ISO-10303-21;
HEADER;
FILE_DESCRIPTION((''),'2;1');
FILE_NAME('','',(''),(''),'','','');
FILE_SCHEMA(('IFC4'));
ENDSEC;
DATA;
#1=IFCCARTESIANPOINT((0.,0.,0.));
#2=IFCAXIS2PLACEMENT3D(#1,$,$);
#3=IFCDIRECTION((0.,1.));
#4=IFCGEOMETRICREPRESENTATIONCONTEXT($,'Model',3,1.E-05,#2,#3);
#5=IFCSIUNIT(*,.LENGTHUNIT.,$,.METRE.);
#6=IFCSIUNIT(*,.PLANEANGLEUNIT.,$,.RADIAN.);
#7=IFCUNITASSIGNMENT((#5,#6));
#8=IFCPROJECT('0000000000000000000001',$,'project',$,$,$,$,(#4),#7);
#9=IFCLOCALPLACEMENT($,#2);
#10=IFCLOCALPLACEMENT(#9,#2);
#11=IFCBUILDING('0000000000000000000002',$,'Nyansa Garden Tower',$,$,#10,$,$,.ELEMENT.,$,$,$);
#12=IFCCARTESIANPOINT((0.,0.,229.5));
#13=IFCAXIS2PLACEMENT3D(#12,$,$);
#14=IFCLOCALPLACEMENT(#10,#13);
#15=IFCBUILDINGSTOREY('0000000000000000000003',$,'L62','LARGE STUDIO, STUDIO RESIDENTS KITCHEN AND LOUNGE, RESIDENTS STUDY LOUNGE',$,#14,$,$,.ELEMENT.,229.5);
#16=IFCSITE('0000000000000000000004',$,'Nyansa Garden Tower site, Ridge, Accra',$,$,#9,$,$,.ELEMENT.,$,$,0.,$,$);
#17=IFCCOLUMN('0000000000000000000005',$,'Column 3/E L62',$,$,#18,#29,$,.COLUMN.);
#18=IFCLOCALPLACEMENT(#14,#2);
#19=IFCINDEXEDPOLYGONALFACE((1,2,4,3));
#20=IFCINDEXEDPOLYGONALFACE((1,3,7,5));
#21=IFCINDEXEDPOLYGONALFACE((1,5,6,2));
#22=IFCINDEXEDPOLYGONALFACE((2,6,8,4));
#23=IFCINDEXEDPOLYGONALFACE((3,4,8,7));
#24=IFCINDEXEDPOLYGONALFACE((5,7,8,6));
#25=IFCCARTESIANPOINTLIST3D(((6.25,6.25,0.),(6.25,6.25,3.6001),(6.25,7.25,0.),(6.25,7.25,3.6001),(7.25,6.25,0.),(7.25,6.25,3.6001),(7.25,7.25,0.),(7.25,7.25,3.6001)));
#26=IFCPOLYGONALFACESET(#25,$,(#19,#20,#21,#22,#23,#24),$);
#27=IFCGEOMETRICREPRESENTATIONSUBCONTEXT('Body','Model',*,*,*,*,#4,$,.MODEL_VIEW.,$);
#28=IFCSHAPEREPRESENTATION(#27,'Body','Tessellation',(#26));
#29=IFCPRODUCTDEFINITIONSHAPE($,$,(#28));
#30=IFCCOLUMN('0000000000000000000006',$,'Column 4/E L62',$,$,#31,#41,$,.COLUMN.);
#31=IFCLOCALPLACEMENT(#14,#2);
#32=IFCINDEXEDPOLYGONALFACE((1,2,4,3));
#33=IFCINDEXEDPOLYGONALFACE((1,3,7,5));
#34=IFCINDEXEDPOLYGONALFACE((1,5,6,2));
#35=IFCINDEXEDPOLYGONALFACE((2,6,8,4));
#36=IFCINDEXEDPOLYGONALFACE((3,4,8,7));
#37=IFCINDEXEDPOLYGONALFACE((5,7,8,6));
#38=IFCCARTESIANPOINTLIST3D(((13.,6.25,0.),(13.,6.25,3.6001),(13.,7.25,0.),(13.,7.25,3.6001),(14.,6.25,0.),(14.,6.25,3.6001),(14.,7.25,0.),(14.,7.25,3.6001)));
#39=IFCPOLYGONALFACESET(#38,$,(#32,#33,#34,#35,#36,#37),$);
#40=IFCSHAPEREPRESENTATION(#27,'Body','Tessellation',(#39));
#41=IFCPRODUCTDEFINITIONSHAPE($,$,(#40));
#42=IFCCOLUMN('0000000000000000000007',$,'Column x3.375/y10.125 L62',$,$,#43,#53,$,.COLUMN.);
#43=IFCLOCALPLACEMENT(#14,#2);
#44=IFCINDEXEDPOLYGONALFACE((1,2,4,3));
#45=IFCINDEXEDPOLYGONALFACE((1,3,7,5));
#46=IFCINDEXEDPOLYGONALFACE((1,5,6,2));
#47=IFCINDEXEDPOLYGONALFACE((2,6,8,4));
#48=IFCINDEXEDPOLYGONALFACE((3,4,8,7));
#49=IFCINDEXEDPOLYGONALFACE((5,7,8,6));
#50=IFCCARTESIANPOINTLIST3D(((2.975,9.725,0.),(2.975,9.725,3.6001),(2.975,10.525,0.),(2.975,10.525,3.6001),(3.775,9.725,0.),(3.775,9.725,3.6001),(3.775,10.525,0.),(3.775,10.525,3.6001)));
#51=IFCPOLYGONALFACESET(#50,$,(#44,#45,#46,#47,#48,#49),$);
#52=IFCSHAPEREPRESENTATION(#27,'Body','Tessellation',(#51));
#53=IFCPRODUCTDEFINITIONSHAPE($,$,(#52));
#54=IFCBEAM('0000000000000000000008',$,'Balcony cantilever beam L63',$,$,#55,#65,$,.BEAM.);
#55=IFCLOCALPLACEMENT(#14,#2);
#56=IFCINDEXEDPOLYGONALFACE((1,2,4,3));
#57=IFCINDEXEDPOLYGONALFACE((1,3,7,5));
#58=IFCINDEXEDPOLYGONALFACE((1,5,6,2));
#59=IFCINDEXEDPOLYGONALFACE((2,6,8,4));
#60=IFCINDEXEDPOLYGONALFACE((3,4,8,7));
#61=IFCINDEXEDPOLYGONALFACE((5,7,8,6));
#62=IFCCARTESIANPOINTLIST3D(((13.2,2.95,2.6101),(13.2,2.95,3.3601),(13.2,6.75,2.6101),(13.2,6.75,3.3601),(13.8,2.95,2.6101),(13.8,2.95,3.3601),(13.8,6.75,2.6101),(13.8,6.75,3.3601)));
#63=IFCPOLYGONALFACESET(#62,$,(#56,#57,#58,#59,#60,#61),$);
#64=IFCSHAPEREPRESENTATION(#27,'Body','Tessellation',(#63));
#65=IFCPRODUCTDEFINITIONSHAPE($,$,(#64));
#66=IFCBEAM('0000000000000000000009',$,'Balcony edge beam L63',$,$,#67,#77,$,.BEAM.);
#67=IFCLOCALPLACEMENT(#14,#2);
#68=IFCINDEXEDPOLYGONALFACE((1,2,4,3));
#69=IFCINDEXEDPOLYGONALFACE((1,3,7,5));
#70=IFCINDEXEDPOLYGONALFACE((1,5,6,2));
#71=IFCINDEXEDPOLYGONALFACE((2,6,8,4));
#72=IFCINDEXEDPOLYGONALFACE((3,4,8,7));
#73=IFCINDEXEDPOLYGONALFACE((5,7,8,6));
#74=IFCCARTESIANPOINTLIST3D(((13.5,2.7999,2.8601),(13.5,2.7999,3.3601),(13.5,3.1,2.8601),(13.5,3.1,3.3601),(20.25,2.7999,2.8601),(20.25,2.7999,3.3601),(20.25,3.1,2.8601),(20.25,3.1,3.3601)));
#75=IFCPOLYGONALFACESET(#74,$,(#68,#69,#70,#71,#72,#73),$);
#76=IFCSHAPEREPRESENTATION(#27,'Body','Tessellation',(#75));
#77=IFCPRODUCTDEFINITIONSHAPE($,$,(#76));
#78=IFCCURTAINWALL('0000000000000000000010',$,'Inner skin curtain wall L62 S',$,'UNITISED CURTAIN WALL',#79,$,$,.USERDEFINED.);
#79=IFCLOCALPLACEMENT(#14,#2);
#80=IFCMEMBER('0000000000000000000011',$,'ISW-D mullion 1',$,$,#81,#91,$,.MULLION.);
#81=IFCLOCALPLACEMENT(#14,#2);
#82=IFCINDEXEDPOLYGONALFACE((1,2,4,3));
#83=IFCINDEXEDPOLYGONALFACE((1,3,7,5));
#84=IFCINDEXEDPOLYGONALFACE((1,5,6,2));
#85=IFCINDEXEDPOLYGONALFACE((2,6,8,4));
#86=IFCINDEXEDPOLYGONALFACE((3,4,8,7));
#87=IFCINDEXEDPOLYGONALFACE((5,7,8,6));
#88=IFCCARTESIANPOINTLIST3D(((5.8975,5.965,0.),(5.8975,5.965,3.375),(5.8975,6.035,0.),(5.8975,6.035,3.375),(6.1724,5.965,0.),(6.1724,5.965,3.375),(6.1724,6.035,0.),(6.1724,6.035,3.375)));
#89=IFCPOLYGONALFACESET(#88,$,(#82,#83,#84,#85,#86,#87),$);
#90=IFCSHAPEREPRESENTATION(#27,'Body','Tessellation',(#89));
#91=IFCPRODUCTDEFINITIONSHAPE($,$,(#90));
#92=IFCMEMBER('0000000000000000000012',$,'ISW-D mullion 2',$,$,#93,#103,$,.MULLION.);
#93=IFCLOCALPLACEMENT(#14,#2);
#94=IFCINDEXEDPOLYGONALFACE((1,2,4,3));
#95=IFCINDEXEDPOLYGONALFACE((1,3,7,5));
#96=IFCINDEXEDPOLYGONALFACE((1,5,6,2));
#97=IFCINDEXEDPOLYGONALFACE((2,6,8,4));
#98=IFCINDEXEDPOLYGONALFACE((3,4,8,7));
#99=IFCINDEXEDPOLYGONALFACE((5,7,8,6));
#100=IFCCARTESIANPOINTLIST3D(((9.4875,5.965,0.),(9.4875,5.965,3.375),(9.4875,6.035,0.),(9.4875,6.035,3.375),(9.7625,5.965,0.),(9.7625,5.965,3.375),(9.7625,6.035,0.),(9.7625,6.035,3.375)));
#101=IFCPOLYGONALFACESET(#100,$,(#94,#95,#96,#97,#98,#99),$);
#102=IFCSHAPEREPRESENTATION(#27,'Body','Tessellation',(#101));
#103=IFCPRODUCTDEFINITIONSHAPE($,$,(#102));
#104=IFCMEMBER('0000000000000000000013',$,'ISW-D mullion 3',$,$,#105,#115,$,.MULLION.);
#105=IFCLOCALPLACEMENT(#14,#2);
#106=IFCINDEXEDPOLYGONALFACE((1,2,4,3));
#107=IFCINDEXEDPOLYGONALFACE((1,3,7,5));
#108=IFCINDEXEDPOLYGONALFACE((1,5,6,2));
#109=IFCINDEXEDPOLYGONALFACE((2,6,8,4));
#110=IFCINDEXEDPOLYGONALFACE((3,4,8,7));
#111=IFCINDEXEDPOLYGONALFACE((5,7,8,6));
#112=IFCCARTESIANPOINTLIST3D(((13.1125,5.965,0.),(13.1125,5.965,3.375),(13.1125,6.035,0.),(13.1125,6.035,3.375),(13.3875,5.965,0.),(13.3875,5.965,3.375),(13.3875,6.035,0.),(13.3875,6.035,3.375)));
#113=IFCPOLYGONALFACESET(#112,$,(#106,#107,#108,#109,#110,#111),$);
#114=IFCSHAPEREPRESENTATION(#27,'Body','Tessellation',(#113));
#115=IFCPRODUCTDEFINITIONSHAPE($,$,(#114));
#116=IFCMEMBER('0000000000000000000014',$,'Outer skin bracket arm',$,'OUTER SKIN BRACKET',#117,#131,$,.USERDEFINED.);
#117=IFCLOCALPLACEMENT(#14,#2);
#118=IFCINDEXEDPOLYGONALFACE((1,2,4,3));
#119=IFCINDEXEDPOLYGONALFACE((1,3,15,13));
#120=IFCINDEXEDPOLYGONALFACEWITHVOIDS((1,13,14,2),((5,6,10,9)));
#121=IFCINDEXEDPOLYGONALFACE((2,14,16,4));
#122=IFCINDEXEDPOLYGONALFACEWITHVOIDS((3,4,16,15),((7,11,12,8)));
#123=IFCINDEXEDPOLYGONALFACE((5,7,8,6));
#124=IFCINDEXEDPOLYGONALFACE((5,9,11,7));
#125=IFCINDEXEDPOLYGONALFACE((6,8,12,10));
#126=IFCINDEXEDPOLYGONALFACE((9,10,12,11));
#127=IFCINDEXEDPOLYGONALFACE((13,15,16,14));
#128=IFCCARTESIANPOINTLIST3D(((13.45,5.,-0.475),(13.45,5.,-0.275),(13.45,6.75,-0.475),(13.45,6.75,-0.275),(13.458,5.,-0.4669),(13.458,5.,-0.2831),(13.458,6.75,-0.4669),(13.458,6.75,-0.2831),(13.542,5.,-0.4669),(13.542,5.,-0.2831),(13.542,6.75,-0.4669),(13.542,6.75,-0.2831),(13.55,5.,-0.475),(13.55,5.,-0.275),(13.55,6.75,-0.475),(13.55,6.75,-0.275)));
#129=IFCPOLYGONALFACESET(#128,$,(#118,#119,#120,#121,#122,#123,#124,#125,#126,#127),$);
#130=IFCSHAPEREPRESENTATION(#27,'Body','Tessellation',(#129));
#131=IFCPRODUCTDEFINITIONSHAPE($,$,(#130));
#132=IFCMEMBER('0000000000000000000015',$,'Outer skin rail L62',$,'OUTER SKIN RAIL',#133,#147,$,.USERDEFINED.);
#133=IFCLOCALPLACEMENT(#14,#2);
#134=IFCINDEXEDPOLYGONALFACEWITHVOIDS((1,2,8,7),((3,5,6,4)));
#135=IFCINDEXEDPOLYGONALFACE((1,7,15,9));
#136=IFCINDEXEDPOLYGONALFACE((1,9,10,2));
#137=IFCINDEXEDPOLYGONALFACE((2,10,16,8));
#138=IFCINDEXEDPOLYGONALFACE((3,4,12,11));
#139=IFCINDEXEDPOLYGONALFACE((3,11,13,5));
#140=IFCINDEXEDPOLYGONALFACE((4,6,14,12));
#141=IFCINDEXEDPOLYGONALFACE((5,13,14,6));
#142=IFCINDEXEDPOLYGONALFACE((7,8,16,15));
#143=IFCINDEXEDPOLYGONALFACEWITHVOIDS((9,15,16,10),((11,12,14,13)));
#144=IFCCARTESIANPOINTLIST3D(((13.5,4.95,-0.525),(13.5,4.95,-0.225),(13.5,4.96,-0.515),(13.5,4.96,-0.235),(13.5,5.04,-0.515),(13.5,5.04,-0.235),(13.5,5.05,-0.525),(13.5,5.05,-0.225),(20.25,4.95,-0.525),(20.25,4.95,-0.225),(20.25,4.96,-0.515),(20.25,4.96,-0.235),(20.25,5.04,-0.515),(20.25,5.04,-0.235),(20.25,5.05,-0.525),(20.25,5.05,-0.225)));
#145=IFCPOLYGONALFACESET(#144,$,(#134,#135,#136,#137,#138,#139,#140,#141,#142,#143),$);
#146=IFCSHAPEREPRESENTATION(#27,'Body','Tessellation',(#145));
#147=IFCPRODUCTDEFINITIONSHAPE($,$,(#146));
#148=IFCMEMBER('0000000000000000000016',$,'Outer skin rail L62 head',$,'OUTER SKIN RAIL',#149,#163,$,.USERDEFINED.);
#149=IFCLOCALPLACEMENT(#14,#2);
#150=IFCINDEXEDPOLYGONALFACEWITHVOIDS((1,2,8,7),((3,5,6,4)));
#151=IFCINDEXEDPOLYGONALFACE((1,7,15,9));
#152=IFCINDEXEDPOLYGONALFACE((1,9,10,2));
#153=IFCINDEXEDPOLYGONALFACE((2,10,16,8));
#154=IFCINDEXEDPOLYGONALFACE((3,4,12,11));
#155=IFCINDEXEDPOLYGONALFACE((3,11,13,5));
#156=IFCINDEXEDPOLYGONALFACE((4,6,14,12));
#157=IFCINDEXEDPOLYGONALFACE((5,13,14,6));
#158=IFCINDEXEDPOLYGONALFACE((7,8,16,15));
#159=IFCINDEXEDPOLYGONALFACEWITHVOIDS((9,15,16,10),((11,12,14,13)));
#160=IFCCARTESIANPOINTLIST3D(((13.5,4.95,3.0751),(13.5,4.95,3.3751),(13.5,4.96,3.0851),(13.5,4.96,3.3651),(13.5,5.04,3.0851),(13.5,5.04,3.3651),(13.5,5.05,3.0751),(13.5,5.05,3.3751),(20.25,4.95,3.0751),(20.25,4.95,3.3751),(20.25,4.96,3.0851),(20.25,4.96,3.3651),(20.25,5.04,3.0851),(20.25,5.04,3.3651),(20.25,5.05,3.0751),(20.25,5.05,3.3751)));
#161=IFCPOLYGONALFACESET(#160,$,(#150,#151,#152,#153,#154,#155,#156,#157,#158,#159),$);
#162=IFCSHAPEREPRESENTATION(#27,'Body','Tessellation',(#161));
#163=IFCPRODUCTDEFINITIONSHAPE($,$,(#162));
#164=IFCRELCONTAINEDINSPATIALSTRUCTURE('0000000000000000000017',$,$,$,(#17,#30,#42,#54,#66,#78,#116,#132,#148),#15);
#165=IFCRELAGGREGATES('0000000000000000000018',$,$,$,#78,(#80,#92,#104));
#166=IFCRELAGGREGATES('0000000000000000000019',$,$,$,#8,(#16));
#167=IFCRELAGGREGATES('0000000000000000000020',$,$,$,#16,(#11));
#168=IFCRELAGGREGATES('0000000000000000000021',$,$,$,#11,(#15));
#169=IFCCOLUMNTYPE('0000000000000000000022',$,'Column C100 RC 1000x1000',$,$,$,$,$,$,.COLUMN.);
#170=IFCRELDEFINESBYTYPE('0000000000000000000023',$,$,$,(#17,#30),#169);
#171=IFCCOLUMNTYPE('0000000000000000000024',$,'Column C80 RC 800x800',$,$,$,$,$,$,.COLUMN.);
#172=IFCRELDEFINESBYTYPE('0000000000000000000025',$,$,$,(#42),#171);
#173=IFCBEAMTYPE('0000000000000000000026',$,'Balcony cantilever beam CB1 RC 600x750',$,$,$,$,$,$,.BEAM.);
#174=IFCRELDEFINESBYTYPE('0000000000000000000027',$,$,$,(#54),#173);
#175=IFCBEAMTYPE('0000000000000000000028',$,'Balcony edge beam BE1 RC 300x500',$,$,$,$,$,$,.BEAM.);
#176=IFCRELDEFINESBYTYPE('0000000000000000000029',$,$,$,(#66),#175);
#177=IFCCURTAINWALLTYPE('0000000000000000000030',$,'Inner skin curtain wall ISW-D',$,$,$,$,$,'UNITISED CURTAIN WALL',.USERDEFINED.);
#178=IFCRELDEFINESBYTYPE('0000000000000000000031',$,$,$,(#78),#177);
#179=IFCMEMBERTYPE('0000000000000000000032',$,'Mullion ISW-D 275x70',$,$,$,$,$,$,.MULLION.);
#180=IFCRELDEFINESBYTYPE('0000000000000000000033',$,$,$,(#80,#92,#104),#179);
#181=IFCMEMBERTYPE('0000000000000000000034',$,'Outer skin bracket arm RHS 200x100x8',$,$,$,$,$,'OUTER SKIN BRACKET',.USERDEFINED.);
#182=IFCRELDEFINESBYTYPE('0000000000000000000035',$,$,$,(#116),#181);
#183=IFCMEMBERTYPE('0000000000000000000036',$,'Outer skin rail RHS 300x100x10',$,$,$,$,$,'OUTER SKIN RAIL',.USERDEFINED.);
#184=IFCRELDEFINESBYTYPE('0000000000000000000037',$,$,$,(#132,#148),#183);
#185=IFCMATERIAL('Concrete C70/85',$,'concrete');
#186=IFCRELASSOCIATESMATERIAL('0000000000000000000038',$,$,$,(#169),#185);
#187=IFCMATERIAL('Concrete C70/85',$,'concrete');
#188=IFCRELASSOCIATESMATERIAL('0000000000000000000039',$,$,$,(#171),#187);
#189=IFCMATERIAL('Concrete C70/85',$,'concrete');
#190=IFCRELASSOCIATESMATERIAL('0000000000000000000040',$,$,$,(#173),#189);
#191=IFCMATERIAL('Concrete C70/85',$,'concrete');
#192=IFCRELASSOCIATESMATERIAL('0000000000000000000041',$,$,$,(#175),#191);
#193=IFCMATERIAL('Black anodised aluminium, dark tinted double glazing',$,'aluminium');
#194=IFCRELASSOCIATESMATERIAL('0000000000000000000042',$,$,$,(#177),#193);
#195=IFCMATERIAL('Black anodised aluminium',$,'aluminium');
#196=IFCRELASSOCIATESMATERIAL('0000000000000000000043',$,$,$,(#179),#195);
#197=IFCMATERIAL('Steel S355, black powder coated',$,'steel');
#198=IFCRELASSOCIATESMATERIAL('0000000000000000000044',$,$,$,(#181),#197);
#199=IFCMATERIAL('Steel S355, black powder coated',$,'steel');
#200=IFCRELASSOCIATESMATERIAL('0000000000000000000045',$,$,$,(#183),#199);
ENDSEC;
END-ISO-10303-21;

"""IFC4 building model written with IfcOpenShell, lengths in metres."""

from ifc_helpers import new_model, si_unit, direction, frame, origin, origin_2d, place, context, subcontext, project, spatial, rectangle, hollow_rectangle, extrude, material, material_profile, profile_set, type_object, element, aggregate, save


model = new_model("IFC4")

# Units and contexts
model_context = context("Model", 3, precision=1e-05, world=origin(), true_north=direction((0.0, 1.0)))
body_context = subcontext(model_context, "Body", "Model", "MODEL_VIEW")
ifc_project = project(units=[si_unit("LENGTHUNIT", "METRE"), si_unit("PLANEANGLEUNIT", "RADIAN")], contexts=[model_context])

# Site, building, storey
site_placement = place(None, origin())
site = spatial("IfcSite", under=ifc_project, at=site_placement, Name="Nyansa Garden Tower site, Ridge, Accra", CompositionType="ELEMENT", RefElevation=0.0)
building_placement = place(site_placement, origin())
building = spatial("IfcBuilding", under=site, at=building_placement, Name="Nyansa Garden Tower", CompositionType="ELEMENT")
storey_placement = place(building_placement, frame((0.0, 0.0, 229.5)))
storey = spatial("IfcBuildingStorey", under=building, at=storey_placement, Name="L62", Description="LARGE STUDIO, STUDIO RESIDENTS KITCHEN AND LOUNGE, RESIDENTS STUDY LOUNGE", CompositionType="ELEMENT", Elevation=229.5)

# Columns
ifc_material_1 = material(Name="Concrete C70/85", Category="concrete")
ifc_material_profile_1 = material_profile(ifc_material_1, rectangle(XDim=1.0, YDim=1.0, at=origin_2d()), Name="RC 1000x1000")
ifc_profile_set_1 = profile_set([ifc_material_profile_1], Name="Concrete C70/85")
column_type_1 = type_object("IfcColumnType", Name="Column C100 RC 1000x1000", PredefinedType="COLUMN", material=ifc_profile_set_1)
for number, where, z_axis, x_axis, name in (
    (1, (6.75, 6.75, 0.0), (0.0, 0.0, 1.0), (1.0, 0.0, 0.0), "Column 3/E L62"),
    (2, (13.5, 6.75, 0.0), (0.0, 0.0, 1.0), (1.0, 0.0, 0.0), "Column 4/E L62"),
):
    element("IfcColumn", number, at=place(storey_placement, frame(where, z_axis=z_axis, x_axis=x_axis)), inside=storey, type_object=column_type_1, Name=name, PredefinedType="COLUMN", context=body_context, shape_type="SweptSolid", body=[
        extrude(rectangle(XDim=1.0, YDim=1.0, at=origin_2d()), origin(), (0.0, 0.0, 1.0), 3.6001),
    ])
ifc_material_2 = material(Name="Concrete C70/85", Category="concrete")
ifc_material_profile_2 = material_profile(ifc_material_2, rectangle(XDim=0.8, YDim=0.8, at=origin_2d()), Name="RC 800x800")
ifc_profile_set_2 = profile_set([ifc_material_profile_2], Name="Concrete C70/85")
column_type_2 = type_object("IfcColumnType", Name="Column C80 RC 800x800", PredefinedType="COLUMN", material=ifc_profile_set_2)
column_placement = place(storey_placement, frame((3.375, 10.125, 0.0), z_axis=(0.0, 0.0, 1.0), x_axis=(1.0, 0.0, 0.0)))
element("IfcColumn", 3, at=column_placement, inside=storey, type_object=column_type_2, Name="Column x3.375/y10.125 L62", PredefinedType="COLUMN", context=body_context, shape_type="SweptSolid", body=[
    extrude(rectangle(XDim=0.8, YDim=0.8, at=origin_2d()), origin(), (0.0, 0.0, 1.0), 3.6001),
])

# Beams
ifc_material_3 = material(Name="Concrete C70/85", Category="concrete")
ifc_material_profile_3 = material_profile(ifc_material_3, rectangle(XDim=0.6001, YDim=0.75, at=origin_2d()), Name="RC 600x750")
ifc_profile_set_3 = profile_set([ifc_material_profile_3], Name="Concrete C70/85")
beam_type_1 = type_object("IfcBeamType", Name="Balcony cantilever beam CB1 RC 600x750", PredefinedType="BEAM", material=ifc_profile_set_3)
beam_1_placement = place(storey_placement, frame((13.5, 6.75, 2.9851), z_axis=(0.0, -1.0, 0.0), x_axis=(1.0, 0.0, 0.0)))
element("IfcBeam", 4, at=beam_1_placement, inside=storey, type_object=beam_type_1, Name="Balcony cantilever beam L63", PredefinedType="BEAM", context=body_context, shape_type="SweptSolid", body=[
    extrude(rectangle(XDim=0.6001, YDim=0.75, at=origin_2d()), origin(), (0.0, 0.0, 1.0), 3.8),
])
ifc_material_4 = material(Name="Concrete C70/85", Category="concrete")
ifc_material_profile_4 = material_profile(ifc_material_4, rectangle(XDim=0.3, YDim=0.5, at=origin_2d()), Name="RC 300x500")
ifc_profile_set_4 = profile_set([ifc_material_profile_4], Name="Concrete C70/85")
beam_type_2 = type_object("IfcBeamType", Name="Balcony edge beam BE1 RC 300x500", PredefinedType="BEAM", material=ifc_profile_set_4)
beam_2_placement = place(storey_placement, frame((13.5, 2.95, 3.1101), z_axis=(1.0, 0.0, 0.0), x_axis=(0.0, 1.0, 0.0)))
element("IfcBeam", 5, at=beam_2_placement, inside=storey, type_object=beam_type_2, Name="Balcony edge beam L63", PredefinedType="BEAM", context=body_context, shape_type="SweptSolid", body=[
    extrude(rectangle(XDim=0.3, YDim=0.5, at=origin_2d()), origin(), (0.0, 0.0, 1.0), 6.75),
])

# Curtain wall, members
ifc_material_5 = material(Name="Black anodised aluminium, dark tinted double glazing", Category="aluminium")
curtain_wall_type = type_object("IfcCurtainWallType", Name="Inner skin curtain wall ISW-D", ElementType="UNITISED CURTAIN WALL", PredefinedType="USERDEFINED", material=ifc_material_5)
curtain_wall_placement = place(storey_placement, origin())
curtain_wall = element("IfcCurtainWall", 6, at=curtain_wall_placement, inside=storey, type_object=curtain_wall_type, Name="Inner skin curtain wall L62 S", ObjectType="UNITISED CURTAIN WALL", PredefinedType="USERDEFINED")
ifc_material_6 = material(Name="Black anodised aluminium", Category="aluminium")
ifc_material_profile_5 = material_profile(ifc_material_6, rectangle(XDim=0.0701, YDim=0.2749, at=origin_2d()), Name="Mullion 275x70")
ifc_profile_set_5 = profile_set([ifc_material_profile_5], Name="Black anodised aluminium")
member_type_1 = type_object("IfcMemberType", Name="Mullion ISW-D 275x70", PredefinedType="MULLION", material=ifc_profile_set_5)
member_1_placement = place(storey_placement, frame((6.0349, 6.0, 0.0), z_axis=(0.0, 0.0, 1.0), x_axis=(0.0, 1.0, 0.0)))
member_1 = element("IfcMember", 7, at=member_1_placement, type_object=member_type_1, Name="ISW-D mullion 1", PredefinedType="MULLION", context=body_context, shape_type="SweptSolid", body=[
    extrude(rectangle(XDim=0.0701, YDim=0.2749, at=origin_2d()), origin(), (0.0, 0.0, 1.0), 3.375),
])
member_2_placement = place(storey_placement, frame((9.625, 6.0, 0.0), z_axis=(0.0, 0.0, 1.0), x_axis=(0.0, 1.0, 0.0)))
member_2 = element("IfcMember", 8, at=member_2_placement, type_object=member_type_1, Name="ISW-D mullion 2", PredefinedType="MULLION", context=body_context, shape_type="SweptSolid", body=[
    extrude(rectangle(XDim=0.0701, YDim=0.2749, at=origin_2d()), origin(), (0.0, 0.0, 1.0), 3.375),
])
member_3_placement = place(storey_placement, frame((13.25, 6.0, 0.0), z_axis=(0.0, 0.0, 1.0), x_axis=(0.0, 1.0, 0.0)))
member_3 = element("IfcMember", 9, at=member_3_placement, type_object=member_type_1, Name="ISW-D mullion 3", PredefinedType="MULLION", context=body_context, shape_type="SweptSolid", body=[
    extrude(rectangle(XDim=0.0701, YDim=0.2749, at=origin_2d()), origin(), (0.0, 0.0, 1.0), 3.375),
])

# Members
ifc_material_7 = material(Name="Steel S355, black powder coated", Category="steel")
ifc_material_profile_6 = material_profile(ifc_material_7, hollow_rectangle(XDim=0.1001, YDim=0.2, WallThickness=0.0081, at=origin_2d()), Name="RHS 200x100x8")
ifc_profile_set_6 = profile_set([ifc_material_profile_6], Name="Steel S355, black powder coated")
member_type_2 = type_object("IfcMemberType", Name="Outer skin bracket arm RHS 200x100x8", ElementType="OUTER SKIN BRACKET", PredefinedType="USERDEFINED", material=ifc_profile_set_6)
member_4_placement = place(storey_placement, frame((13.5, 6.75, -0.375), z_axis=(0.0, -1.0, 0.0), x_axis=(1.0, 0.0, 0.0)))
element("IfcMember", 10, at=member_4_placement, inside=storey, type_object=member_type_2, Name="Outer skin bracket arm", ObjectType="OUTER SKIN BRACKET", PredefinedType="USERDEFINED", context=body_context, shape_type="SweptSolid", body=[
    extrude(hollow_rectangle(XDim=0.1001, YDim=0.2, WallThickness=0.0081, at=origin_2d()), origin(), (0.0, 0.0, 1.0), 1.75),
])
ifc_material_8 = material(Name="Steel S355, black powder coated", Category="steel")
ifc_material_profile_7 = material_profile(ifc_material_8, hollow_rectangle(XDim=0.1001, YDim=0.3, WallThickness=0.01, at=origin_2d()), Name="RHS 300x100x10")
ifc_profile_set_7 = profile_set([ifc_material_profile_7], Name="Steel S355, black powder coated")
member_type_3 = type_object("IfcMemberType", Name="Outer skin rail RHS 300x100x10", ElementType="OUTER SKIN RAIL", PredefinedType="USERDEFINED", material=ifc_profile_set_7)
for number, where, z_axis, x_axis, name in (
    (11, (13.5, 5.0, -0.375), (1.0, 0.0, 0.0), (0.0, 1.0, 0.0), "Outer skin rail L62"),
    (12, (13.5, 5.0, 3.2251), (1.0, 0.0, 0.0), (0.0, 1.0, 0.0), "Outer skin rail L62 head"),
):
    element("IfcMember", number, at=place(storey_placement, frame(where, z_axis=z_axis, x_axis=x_axis)), inside=storey, type_object=member_type_3, Name=name, ObjectType="OUTER SKIN RAIL", PredefinedType="USERDEFINED", context=body_context, shape_type="SweptSolid", body=[
        extrude(hollow_rectangle(XDim=0.1001, YDim=0.3, WallThickness=0.01, at=origin_2d()), origin(), (0.0, 0.0, 1.0), 6.75),
    ])

aggregate(curtain_wall, [member_1, member_2, member_3])

save(model, "model.ifc")
